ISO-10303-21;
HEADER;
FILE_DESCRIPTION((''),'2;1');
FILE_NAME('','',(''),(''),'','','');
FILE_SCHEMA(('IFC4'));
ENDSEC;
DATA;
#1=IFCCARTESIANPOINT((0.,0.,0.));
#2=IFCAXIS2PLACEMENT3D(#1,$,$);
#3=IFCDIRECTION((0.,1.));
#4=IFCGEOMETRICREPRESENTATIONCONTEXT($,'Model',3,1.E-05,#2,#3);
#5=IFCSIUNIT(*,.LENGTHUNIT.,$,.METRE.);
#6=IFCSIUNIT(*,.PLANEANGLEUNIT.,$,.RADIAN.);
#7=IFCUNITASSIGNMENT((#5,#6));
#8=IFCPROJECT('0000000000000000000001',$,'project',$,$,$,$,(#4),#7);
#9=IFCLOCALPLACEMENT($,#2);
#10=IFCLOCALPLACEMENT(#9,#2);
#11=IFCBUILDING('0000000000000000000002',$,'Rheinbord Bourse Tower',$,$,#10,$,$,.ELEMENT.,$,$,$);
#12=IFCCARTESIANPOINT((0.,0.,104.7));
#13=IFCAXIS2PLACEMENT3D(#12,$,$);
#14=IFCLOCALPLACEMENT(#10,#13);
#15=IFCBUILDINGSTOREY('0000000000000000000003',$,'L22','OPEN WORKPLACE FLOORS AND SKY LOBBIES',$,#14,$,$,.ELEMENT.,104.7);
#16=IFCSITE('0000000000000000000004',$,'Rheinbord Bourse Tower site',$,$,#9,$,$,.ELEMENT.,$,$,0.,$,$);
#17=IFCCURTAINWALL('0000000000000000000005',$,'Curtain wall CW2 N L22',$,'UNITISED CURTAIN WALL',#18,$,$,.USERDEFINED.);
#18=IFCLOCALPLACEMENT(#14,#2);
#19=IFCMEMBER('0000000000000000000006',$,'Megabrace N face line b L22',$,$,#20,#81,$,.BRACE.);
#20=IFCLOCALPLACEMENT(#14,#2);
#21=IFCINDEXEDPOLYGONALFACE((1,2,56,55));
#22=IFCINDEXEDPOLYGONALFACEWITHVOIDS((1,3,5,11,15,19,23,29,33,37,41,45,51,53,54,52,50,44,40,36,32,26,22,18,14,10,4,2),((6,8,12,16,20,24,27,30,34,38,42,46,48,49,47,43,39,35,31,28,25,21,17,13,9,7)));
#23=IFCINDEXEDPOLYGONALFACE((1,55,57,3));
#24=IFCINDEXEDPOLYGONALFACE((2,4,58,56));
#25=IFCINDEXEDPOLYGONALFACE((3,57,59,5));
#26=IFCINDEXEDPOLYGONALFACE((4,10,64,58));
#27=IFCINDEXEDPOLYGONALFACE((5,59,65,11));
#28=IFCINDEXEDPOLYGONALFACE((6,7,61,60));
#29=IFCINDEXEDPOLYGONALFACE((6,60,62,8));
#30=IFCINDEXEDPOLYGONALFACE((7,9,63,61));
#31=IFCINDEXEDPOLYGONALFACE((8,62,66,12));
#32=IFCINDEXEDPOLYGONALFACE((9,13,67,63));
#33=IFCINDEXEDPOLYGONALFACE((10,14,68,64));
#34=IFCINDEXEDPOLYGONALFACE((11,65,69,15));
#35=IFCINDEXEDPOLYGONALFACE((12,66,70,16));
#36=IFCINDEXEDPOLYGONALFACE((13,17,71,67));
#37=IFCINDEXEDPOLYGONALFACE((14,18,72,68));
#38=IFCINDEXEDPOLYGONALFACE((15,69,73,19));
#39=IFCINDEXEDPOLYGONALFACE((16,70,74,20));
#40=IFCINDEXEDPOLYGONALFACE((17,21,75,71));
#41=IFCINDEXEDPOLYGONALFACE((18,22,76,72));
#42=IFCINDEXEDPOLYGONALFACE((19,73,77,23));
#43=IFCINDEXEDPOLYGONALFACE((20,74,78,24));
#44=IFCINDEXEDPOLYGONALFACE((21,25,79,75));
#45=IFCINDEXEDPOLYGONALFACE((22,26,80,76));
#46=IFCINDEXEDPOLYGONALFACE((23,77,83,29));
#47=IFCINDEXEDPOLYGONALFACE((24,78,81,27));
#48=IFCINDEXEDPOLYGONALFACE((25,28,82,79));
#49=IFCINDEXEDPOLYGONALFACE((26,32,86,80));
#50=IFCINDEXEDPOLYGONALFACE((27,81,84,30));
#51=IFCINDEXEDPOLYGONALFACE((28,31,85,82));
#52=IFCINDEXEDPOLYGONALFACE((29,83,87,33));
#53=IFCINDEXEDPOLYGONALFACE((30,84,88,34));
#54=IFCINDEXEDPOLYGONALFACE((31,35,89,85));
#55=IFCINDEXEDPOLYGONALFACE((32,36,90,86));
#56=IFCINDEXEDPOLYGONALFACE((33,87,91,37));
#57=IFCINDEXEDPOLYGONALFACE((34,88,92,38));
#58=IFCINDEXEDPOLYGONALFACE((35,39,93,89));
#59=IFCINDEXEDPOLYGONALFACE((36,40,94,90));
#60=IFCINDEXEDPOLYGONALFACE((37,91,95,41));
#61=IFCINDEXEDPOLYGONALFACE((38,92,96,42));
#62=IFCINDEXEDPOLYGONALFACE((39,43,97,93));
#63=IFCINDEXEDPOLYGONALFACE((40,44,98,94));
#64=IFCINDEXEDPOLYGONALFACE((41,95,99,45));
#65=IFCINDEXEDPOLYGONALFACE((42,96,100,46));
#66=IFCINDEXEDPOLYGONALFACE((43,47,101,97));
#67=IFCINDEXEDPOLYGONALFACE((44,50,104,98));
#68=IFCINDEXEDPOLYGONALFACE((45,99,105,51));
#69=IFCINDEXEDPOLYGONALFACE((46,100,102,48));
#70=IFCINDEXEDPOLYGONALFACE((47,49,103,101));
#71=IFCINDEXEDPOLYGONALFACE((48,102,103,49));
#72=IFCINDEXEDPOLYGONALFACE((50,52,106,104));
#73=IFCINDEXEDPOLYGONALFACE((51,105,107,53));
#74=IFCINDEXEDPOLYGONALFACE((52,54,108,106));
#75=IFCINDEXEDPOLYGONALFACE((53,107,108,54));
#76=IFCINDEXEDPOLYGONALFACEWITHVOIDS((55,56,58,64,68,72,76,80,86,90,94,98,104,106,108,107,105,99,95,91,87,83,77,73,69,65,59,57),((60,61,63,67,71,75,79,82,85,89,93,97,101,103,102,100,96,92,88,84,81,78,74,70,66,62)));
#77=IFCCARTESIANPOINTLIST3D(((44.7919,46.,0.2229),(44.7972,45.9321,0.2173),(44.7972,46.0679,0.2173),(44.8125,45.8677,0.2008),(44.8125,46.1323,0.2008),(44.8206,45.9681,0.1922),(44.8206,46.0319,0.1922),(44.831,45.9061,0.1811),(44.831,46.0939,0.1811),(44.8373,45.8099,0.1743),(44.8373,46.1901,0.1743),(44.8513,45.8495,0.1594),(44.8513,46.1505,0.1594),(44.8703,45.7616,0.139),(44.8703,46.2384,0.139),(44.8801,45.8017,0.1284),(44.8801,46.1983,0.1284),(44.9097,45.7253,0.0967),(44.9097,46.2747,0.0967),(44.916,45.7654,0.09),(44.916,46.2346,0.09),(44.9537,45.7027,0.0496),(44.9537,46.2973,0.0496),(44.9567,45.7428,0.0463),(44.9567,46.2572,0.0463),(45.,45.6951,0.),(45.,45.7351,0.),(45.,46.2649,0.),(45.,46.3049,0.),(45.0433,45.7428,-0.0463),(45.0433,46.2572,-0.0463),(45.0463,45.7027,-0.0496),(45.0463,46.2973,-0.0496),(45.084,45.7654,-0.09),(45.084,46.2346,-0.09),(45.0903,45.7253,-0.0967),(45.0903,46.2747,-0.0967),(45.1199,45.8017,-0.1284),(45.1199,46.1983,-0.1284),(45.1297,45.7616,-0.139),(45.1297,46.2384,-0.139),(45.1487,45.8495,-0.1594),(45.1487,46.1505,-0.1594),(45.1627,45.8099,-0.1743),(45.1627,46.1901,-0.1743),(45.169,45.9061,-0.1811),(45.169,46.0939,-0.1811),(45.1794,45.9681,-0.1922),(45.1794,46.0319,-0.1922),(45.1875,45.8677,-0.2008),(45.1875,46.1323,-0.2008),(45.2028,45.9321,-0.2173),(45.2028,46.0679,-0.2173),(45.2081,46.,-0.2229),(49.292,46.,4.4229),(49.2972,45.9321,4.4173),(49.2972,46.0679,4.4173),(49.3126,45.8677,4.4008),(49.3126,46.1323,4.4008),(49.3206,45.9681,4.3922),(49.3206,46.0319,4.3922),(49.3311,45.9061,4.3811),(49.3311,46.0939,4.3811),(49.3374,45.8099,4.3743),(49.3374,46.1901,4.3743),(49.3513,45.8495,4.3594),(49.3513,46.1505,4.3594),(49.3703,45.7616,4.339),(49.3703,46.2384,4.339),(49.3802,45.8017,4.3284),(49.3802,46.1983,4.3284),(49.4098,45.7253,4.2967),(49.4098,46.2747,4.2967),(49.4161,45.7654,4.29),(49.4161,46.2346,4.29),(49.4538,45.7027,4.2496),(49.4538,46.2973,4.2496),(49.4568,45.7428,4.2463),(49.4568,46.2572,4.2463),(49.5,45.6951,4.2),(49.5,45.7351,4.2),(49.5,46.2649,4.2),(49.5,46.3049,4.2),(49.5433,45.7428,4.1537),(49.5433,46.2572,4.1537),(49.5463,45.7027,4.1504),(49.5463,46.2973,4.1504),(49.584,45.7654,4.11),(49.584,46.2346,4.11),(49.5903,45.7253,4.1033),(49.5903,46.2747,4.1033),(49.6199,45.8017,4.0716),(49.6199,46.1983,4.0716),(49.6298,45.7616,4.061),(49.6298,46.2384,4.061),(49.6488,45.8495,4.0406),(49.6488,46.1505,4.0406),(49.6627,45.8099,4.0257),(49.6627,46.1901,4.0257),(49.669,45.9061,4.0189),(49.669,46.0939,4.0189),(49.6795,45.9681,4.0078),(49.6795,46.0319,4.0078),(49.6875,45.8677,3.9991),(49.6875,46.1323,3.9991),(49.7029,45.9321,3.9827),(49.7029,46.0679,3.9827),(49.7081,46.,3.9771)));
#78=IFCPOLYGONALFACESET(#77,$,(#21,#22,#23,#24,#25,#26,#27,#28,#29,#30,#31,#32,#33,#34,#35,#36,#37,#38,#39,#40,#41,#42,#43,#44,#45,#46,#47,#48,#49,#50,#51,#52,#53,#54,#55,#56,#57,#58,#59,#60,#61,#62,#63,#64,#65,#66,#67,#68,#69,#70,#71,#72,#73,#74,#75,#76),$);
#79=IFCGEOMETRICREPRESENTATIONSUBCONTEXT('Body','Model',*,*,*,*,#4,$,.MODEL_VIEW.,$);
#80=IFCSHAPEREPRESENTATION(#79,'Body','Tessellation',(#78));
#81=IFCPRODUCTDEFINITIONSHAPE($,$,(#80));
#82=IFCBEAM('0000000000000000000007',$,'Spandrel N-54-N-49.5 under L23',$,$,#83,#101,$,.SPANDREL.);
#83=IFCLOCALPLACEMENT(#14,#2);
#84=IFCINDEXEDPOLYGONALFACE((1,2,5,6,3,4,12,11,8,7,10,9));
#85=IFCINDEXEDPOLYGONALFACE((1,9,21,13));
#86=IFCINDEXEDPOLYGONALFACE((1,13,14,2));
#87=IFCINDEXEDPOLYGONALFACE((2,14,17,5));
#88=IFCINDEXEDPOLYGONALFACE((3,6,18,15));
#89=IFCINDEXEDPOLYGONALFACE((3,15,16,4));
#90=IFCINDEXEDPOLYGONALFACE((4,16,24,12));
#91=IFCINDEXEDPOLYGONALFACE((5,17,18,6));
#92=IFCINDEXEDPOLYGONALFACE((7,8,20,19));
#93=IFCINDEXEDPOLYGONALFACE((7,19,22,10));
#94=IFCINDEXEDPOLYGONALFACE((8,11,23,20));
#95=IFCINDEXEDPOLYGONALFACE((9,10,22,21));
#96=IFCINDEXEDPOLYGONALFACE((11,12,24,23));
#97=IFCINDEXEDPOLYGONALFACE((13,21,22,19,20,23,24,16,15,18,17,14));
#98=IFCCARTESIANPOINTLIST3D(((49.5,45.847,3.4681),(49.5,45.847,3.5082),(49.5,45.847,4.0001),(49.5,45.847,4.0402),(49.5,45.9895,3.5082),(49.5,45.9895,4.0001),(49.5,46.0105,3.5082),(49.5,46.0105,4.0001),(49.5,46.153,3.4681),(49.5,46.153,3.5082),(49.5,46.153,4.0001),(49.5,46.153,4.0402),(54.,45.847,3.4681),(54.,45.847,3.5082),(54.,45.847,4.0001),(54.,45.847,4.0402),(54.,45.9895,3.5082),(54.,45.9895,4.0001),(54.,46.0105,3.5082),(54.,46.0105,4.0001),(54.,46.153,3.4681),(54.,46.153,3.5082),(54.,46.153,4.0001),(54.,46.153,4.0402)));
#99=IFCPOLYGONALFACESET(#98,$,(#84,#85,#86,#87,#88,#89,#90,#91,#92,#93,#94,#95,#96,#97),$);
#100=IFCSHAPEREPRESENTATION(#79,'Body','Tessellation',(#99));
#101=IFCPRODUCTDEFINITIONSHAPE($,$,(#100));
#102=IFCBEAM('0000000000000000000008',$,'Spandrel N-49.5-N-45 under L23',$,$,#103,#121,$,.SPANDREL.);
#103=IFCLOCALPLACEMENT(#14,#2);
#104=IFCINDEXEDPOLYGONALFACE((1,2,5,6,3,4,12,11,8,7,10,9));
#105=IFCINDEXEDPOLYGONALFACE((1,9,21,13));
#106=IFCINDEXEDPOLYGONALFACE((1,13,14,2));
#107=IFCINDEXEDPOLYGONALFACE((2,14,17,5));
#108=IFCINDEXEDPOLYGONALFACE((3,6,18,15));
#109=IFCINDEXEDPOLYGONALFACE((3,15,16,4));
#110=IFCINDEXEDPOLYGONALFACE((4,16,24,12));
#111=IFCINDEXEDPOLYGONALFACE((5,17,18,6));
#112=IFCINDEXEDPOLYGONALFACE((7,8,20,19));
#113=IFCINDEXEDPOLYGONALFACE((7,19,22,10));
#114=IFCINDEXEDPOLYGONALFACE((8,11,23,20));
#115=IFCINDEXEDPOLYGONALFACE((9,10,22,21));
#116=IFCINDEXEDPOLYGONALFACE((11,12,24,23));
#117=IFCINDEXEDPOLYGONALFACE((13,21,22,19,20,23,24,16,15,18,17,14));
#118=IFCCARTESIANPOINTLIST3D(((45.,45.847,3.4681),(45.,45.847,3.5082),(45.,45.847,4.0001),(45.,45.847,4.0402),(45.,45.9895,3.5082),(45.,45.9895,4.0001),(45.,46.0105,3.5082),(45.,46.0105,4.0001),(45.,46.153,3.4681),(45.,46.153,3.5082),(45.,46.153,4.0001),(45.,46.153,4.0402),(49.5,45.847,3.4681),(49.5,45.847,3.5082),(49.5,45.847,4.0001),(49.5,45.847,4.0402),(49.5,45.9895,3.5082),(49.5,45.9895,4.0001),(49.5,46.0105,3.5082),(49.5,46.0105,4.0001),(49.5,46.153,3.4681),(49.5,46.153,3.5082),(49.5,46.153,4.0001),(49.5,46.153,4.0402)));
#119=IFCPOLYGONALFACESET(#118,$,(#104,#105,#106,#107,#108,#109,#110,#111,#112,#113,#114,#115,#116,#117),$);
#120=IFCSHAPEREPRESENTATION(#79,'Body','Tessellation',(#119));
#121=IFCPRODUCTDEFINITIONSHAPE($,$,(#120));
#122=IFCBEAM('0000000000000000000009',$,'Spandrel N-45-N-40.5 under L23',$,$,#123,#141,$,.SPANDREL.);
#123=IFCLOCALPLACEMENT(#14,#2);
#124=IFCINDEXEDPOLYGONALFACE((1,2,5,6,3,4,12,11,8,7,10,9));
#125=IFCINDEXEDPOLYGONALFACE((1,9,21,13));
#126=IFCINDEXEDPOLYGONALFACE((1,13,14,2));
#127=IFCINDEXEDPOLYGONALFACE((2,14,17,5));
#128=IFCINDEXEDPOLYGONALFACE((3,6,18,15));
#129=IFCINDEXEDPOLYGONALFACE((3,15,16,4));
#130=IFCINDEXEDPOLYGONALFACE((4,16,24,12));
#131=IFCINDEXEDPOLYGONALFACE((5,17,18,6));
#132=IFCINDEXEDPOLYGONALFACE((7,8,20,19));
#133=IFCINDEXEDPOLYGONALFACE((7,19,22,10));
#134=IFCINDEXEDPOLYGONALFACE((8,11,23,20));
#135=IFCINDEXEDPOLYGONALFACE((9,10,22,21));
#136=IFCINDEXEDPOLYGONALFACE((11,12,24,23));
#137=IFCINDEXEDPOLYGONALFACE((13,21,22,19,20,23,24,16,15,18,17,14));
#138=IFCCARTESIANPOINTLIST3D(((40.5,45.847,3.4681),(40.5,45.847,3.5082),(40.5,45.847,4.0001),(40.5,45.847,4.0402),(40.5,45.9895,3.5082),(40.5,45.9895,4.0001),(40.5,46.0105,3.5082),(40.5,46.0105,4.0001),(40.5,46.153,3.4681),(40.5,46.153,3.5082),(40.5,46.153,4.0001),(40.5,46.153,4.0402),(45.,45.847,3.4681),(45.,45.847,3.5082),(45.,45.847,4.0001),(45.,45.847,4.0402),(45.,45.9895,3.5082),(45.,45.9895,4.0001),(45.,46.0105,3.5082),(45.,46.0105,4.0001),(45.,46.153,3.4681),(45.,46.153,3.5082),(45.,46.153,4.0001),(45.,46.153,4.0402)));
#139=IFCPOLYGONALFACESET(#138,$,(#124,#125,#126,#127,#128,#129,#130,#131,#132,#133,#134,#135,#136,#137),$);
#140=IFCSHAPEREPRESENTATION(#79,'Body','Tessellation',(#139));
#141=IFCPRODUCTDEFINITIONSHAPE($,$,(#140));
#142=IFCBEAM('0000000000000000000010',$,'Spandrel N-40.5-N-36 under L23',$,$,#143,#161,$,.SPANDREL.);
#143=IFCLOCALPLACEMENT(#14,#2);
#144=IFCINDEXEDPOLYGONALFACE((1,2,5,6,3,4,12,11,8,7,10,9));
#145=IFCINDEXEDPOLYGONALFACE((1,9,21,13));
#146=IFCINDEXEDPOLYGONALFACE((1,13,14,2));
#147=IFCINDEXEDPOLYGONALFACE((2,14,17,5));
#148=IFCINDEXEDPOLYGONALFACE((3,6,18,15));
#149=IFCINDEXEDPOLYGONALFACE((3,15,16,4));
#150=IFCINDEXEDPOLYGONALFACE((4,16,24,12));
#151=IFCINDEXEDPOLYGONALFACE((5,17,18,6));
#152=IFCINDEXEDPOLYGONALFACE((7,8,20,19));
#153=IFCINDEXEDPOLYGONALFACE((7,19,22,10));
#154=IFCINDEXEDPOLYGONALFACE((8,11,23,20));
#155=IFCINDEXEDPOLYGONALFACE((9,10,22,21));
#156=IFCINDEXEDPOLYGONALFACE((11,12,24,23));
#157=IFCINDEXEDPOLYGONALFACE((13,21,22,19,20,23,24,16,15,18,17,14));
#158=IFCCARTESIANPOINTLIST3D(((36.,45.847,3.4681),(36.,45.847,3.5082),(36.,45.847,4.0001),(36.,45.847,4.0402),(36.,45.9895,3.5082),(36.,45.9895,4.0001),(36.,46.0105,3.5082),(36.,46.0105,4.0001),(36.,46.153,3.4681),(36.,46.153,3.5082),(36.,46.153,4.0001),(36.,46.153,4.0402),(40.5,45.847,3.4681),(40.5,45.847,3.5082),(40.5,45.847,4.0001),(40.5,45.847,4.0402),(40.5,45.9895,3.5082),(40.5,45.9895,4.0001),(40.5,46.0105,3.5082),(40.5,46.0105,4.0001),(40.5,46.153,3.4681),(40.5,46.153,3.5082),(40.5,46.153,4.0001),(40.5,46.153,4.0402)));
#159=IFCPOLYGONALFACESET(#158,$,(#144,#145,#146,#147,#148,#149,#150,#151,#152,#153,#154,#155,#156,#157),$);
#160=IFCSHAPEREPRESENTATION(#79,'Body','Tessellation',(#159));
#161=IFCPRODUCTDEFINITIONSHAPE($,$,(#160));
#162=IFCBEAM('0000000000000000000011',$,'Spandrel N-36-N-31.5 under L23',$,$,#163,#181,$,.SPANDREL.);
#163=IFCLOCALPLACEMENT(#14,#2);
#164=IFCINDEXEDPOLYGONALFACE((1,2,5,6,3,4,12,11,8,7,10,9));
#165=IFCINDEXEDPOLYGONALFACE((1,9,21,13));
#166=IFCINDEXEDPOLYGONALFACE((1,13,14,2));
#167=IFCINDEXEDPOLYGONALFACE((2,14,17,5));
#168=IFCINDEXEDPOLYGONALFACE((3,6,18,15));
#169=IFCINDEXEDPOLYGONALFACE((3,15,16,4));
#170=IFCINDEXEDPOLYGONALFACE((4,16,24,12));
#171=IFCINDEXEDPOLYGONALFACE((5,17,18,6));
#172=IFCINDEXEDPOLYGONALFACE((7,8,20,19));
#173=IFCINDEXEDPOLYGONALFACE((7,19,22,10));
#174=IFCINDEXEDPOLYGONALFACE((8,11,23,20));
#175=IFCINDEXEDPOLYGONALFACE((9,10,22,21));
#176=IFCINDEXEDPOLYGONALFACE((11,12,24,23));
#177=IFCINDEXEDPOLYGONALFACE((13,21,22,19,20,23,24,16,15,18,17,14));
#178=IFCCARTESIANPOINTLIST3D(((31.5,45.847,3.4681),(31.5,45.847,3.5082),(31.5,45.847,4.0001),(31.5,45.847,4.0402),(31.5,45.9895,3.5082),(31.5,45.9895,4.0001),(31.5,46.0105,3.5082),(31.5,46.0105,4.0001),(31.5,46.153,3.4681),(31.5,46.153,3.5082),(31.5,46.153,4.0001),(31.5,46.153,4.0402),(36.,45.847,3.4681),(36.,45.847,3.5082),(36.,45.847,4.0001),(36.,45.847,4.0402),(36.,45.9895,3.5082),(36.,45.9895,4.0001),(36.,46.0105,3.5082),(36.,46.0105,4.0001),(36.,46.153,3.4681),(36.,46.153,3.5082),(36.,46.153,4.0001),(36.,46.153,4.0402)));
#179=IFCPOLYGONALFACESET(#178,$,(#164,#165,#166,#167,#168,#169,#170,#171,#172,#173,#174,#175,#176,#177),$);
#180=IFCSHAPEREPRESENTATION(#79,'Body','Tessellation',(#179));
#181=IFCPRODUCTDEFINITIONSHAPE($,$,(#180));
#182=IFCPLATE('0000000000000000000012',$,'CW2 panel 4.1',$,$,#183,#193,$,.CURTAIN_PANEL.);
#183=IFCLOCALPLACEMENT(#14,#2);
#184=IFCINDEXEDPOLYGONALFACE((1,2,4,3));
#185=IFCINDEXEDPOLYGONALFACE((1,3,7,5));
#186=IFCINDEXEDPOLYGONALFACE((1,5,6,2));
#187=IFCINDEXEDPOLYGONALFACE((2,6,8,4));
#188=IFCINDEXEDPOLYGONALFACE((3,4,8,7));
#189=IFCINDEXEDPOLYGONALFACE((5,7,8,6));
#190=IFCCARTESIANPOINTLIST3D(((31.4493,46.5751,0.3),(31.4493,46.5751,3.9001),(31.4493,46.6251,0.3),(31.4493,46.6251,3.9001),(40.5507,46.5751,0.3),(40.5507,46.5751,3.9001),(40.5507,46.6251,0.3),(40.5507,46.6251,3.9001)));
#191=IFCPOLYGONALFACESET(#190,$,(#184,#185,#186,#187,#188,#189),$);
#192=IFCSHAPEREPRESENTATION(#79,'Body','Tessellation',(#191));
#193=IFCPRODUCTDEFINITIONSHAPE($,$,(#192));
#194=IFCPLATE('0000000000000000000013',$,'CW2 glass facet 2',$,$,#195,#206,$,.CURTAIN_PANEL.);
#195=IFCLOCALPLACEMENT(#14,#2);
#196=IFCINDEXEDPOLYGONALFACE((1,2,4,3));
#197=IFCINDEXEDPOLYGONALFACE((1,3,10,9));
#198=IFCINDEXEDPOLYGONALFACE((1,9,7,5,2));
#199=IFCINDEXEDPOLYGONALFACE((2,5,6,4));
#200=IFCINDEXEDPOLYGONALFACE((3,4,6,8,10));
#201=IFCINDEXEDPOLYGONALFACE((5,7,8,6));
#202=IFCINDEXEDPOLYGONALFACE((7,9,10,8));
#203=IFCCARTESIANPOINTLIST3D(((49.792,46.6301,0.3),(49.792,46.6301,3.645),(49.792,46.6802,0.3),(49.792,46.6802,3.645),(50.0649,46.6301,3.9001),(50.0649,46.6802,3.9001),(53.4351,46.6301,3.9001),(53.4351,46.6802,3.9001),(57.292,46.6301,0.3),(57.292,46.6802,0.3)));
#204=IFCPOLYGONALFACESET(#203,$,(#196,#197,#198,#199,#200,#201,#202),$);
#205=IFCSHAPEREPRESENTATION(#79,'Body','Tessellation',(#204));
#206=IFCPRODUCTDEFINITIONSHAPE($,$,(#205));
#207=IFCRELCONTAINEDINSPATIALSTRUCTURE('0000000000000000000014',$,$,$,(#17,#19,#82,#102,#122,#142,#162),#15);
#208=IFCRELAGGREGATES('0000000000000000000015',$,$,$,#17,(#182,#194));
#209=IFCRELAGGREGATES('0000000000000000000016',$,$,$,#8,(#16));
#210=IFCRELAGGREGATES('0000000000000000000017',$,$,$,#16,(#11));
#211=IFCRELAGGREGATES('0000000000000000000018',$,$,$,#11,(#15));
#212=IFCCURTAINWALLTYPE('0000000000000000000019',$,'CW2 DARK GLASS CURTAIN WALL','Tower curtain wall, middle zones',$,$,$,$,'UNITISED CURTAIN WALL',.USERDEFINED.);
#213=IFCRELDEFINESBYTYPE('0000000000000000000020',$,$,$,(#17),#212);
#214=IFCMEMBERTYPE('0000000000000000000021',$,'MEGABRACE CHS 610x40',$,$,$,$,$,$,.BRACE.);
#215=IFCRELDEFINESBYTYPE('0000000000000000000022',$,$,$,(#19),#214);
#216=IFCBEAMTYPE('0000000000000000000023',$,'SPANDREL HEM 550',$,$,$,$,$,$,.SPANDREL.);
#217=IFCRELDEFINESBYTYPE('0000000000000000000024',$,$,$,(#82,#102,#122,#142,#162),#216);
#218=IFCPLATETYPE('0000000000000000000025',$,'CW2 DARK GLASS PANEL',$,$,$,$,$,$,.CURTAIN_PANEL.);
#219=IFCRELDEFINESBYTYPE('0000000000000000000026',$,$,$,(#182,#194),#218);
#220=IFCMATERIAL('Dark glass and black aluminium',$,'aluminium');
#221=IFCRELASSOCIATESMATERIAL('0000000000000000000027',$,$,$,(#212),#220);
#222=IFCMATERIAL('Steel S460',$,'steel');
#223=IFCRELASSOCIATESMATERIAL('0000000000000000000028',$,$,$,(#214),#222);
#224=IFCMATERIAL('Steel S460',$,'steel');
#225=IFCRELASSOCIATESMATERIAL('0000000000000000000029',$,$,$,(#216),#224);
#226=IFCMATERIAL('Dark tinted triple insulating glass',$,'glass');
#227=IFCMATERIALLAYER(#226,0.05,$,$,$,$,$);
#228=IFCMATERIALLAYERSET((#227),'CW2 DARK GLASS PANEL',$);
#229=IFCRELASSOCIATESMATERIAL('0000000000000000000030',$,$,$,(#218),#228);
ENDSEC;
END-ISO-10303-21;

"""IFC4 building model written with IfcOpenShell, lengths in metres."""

from ifc_helpers import new_model, si_unit, direction, frame, origin, origin_2d, place, context, subcontext, project, spatial, polyline, rectangle, hollow_circle, i_section, outline, extrude, material, layer, layer_set, material_profile, profile_set, type_object, element, aggregate, save


model = new_model("IFC4")

# Units and contexts
model_context = context("Model", 3, precision=1e-05, world=origin(), true_north=direction((0.0, 1.0)))
body_context = subcontext(model_context, "Body", "Model", "MODEL_VIEW")
ifc_project = project(units=[si_unit("LENGTHUNIT", "METRE"), si_unit("PLANEANGLEUNIT", "RADIAN")], contexts=[model_context])

# Site, building, storey
site_placement = place(None, origin())
site = spatial("IfcSite", under=ifc_project, at=site_placement, Name="Rheinbord Bourse Tower site", CompositionType="ELEMENT", RefElevation=0.0)
building_placement = place(site_placement, origin())
building = spatial("IfcBuilding", under=site, at=building_placement, Name="Rheinbord Bourse Tower", CompositionType="ELEMENT")
storey_placement = place(building_placement, frame((0.0, 0.0, 104.7)))
storey = spatial("IfcBuildingStorey", under=building, at=storey_placement, Name="L22", Description="OPEN WORKPLACE FLOORS AND SKY LOBBIES", CompositionType="ELEMENT", Elevation=104.7)

# Curtain wall
ifc_material_1 = material(Name="Dark glass and black aluminium", Category="aluminium")
curtain_wall_type = type_object("IfcCurtainWallType", Name="CW2 DARK GLASS CURTAIN WALL", Description="Tower curtain wall, middle zones", ElementType="UNITISED CURTAIN WALL", PredefinedType="USERDEFINED", material=ifc_material_1)
curtain_wall_placement = place(storey_placement, origin())
curtain_wall = element("IfcCurtainWall", 1, at=curtain_wall_placement, inside=storey, type_object=curtain_wall_type, Name="Curtain wall CW2 N L22", ObjectType="UNITISED CURTAIN WALL", PredefinedType="USERDEFINED")

# Member
ifc_material_2 = material(Name="Steel S460", Category="steel")
ifc_material_profile_1 = material_profile(ifc_material_2, hollow_circle(Radius=0.3049, WallThickness=0.04, at=origin_2d()), Name="CHS 610x40")
ifc_profile_set_1 = profile_set([ifc_material_profile_1], Name="Steel S460")
member_type_1 = type_object("IfcMemberType", Name="MEGABRACE CHS 610x40", PredefinedType="BRACE", material=ifc_profile_set_1)
member_1_placement = place(storey_placement, frame((45.0, 46.0, 0.0), z_axis=(0.731059, 0.0, 0.682314), x_axis=(0.0, 1.0, 0.0)))
element("IfcMember", 2, at=member_1_placement, inside=storey, type_object=member_type_1, Name="Megabrace N face line b L22", PredefinedType="BRACE", context=body_context, shape_type="SweptSolid", body=[
    extrude(hollow_circle(Radius=0.3049, WallThickness=0.04, at=origin_2d()), origin(), (0.0, 0.0, 1.0), 6.1555),
])

# Beams
ifc_material_3 = material(Name="Steel S460", Category="steel")
ifc_material_profile_2 = material_profile(ifc_material_3, i_section(OverallWidth=0.3059, OverallDepth=0.572, WebThickness=0.021, FlangeThickness=0.04, at=origin_2d()), Name="HEM 550")
ifc_profile_set_2 = profile_set([ifc_material_profile_2], Name="Steel S460")
beam_type_1 = type_object("IfcBeamType", Name="SPANDREL HEM 550", PredefinedType="SPANDREL", material=ifc_profile_set_2)
for number, where, z_axis, x_axis, name in (
    (3, (54.0, 46.0, 3.7542), (-1.0, 0.0, 0.0), (0.0, -1.0, 0.0), "Spandrel N-54-N-49.5 under L23"),
    (4, (49.5, 46.0, 3.7542), (-1.0, 0.0, 0.0), (0.0, -1.0, 0.0), "Spandrel N-49.5-N-45 under L23"),
    (5, (45.0, 46.0, 3.7542), (-1.0, 0.0, 0.0), (0.0, -1.0, 0.0), "Spandrel N-45-N-40.5 under L23"),
    (6, (40.5, 46.0, 3.7542), (-1.0, 0.0, 0.0), (0.0, -1.0, 0.0), "Spandrel N-40.5-N-36 under L23"),
    (7, (36.0, 46.0, 3.7542), (-1.0, 0.0, 0.0), (0.0, -1.0, 0.0), "Spandrel N-36-N-31.5 under L23"),
):
    element("IfcBeam", number, at=place(storey_placement, frame(where, z_axis=z_axis, x_axis=x_axis)), inside=storey, type_object=beam_type_1, Name=name, PredefinedType="SPANDREL", context=body_context, shape_type="SweptSolid", body=[
        extrude(i_section(OverallWidth=0.3059, OverallDepth=0.572, WebThickness=0.021, FlangeThickness=0.04, at=origin_2d()), origin(), (0.0, 0.0, 1.0), 4.5),
    ])

# Plates
ifc_material_4 = material(Name="Dark tinted triple insulating glass", Category="glass")
ifc_layer_1 = layer(ifc_material_4, 0.05)
ifc_layer_set_1 = layer_set([ifc_layer_1], Name="CW2 DARK GLASS PANEL")
plate_type = type_object("IfcPlateType", Name="CW2 DARK GLASS PANEL", PredefinedType="CURTAIN_PANEL", material=ifc_layer_set_1)
plate_1_placement = place(storey_placement, frame((36.0, 46.6001, 0.3), z_axis=(0.0, 0.0, 1.0), x_axis=(-1.0, 0.0, 0.0)))
plate_1 = element("IfcPlate", 8, at=plate_1_placement, type_object=plate_type, Name="CW2 panel 4.1", PredefinedType="CURTAIN_PANEL", context=body_context, shape_type="SweptSolid", body=[
    extrude(rectangle(XDim=9.1013, YDim=0.05, at=origin_2d()), origin(), (0.0, 0.0, 1.0), 3.6001),
])
plate_2_placement = place(storey_placement, frame((49.792, 46.6802, 0.3), z_axis=(0.0, -1.0, 0.0), x_axis=(1.0, 0.0, 0.0)))
plate_2 = element("IfcPlate", 9, at=plate_2_placement, type_object=plate_type, Name="CW2 glass facet 2", PredefinedType="CURTAIN_PANEL", context=body_context, shape_type="SweptSolid", body=[
    extrude(outline(polyline([(0.0, 0.0), (7.5, 0.0), (3.6431, 3.6001), (0.2729, 3.6001), (0.0, 3.345), (0.0, 0.0)])), origin(), (0.0, 0.0, 1.0), 0.05),
])
aggregate(curtain_wall, [plate_1, plate_2])

save(model, "model.ifc")
